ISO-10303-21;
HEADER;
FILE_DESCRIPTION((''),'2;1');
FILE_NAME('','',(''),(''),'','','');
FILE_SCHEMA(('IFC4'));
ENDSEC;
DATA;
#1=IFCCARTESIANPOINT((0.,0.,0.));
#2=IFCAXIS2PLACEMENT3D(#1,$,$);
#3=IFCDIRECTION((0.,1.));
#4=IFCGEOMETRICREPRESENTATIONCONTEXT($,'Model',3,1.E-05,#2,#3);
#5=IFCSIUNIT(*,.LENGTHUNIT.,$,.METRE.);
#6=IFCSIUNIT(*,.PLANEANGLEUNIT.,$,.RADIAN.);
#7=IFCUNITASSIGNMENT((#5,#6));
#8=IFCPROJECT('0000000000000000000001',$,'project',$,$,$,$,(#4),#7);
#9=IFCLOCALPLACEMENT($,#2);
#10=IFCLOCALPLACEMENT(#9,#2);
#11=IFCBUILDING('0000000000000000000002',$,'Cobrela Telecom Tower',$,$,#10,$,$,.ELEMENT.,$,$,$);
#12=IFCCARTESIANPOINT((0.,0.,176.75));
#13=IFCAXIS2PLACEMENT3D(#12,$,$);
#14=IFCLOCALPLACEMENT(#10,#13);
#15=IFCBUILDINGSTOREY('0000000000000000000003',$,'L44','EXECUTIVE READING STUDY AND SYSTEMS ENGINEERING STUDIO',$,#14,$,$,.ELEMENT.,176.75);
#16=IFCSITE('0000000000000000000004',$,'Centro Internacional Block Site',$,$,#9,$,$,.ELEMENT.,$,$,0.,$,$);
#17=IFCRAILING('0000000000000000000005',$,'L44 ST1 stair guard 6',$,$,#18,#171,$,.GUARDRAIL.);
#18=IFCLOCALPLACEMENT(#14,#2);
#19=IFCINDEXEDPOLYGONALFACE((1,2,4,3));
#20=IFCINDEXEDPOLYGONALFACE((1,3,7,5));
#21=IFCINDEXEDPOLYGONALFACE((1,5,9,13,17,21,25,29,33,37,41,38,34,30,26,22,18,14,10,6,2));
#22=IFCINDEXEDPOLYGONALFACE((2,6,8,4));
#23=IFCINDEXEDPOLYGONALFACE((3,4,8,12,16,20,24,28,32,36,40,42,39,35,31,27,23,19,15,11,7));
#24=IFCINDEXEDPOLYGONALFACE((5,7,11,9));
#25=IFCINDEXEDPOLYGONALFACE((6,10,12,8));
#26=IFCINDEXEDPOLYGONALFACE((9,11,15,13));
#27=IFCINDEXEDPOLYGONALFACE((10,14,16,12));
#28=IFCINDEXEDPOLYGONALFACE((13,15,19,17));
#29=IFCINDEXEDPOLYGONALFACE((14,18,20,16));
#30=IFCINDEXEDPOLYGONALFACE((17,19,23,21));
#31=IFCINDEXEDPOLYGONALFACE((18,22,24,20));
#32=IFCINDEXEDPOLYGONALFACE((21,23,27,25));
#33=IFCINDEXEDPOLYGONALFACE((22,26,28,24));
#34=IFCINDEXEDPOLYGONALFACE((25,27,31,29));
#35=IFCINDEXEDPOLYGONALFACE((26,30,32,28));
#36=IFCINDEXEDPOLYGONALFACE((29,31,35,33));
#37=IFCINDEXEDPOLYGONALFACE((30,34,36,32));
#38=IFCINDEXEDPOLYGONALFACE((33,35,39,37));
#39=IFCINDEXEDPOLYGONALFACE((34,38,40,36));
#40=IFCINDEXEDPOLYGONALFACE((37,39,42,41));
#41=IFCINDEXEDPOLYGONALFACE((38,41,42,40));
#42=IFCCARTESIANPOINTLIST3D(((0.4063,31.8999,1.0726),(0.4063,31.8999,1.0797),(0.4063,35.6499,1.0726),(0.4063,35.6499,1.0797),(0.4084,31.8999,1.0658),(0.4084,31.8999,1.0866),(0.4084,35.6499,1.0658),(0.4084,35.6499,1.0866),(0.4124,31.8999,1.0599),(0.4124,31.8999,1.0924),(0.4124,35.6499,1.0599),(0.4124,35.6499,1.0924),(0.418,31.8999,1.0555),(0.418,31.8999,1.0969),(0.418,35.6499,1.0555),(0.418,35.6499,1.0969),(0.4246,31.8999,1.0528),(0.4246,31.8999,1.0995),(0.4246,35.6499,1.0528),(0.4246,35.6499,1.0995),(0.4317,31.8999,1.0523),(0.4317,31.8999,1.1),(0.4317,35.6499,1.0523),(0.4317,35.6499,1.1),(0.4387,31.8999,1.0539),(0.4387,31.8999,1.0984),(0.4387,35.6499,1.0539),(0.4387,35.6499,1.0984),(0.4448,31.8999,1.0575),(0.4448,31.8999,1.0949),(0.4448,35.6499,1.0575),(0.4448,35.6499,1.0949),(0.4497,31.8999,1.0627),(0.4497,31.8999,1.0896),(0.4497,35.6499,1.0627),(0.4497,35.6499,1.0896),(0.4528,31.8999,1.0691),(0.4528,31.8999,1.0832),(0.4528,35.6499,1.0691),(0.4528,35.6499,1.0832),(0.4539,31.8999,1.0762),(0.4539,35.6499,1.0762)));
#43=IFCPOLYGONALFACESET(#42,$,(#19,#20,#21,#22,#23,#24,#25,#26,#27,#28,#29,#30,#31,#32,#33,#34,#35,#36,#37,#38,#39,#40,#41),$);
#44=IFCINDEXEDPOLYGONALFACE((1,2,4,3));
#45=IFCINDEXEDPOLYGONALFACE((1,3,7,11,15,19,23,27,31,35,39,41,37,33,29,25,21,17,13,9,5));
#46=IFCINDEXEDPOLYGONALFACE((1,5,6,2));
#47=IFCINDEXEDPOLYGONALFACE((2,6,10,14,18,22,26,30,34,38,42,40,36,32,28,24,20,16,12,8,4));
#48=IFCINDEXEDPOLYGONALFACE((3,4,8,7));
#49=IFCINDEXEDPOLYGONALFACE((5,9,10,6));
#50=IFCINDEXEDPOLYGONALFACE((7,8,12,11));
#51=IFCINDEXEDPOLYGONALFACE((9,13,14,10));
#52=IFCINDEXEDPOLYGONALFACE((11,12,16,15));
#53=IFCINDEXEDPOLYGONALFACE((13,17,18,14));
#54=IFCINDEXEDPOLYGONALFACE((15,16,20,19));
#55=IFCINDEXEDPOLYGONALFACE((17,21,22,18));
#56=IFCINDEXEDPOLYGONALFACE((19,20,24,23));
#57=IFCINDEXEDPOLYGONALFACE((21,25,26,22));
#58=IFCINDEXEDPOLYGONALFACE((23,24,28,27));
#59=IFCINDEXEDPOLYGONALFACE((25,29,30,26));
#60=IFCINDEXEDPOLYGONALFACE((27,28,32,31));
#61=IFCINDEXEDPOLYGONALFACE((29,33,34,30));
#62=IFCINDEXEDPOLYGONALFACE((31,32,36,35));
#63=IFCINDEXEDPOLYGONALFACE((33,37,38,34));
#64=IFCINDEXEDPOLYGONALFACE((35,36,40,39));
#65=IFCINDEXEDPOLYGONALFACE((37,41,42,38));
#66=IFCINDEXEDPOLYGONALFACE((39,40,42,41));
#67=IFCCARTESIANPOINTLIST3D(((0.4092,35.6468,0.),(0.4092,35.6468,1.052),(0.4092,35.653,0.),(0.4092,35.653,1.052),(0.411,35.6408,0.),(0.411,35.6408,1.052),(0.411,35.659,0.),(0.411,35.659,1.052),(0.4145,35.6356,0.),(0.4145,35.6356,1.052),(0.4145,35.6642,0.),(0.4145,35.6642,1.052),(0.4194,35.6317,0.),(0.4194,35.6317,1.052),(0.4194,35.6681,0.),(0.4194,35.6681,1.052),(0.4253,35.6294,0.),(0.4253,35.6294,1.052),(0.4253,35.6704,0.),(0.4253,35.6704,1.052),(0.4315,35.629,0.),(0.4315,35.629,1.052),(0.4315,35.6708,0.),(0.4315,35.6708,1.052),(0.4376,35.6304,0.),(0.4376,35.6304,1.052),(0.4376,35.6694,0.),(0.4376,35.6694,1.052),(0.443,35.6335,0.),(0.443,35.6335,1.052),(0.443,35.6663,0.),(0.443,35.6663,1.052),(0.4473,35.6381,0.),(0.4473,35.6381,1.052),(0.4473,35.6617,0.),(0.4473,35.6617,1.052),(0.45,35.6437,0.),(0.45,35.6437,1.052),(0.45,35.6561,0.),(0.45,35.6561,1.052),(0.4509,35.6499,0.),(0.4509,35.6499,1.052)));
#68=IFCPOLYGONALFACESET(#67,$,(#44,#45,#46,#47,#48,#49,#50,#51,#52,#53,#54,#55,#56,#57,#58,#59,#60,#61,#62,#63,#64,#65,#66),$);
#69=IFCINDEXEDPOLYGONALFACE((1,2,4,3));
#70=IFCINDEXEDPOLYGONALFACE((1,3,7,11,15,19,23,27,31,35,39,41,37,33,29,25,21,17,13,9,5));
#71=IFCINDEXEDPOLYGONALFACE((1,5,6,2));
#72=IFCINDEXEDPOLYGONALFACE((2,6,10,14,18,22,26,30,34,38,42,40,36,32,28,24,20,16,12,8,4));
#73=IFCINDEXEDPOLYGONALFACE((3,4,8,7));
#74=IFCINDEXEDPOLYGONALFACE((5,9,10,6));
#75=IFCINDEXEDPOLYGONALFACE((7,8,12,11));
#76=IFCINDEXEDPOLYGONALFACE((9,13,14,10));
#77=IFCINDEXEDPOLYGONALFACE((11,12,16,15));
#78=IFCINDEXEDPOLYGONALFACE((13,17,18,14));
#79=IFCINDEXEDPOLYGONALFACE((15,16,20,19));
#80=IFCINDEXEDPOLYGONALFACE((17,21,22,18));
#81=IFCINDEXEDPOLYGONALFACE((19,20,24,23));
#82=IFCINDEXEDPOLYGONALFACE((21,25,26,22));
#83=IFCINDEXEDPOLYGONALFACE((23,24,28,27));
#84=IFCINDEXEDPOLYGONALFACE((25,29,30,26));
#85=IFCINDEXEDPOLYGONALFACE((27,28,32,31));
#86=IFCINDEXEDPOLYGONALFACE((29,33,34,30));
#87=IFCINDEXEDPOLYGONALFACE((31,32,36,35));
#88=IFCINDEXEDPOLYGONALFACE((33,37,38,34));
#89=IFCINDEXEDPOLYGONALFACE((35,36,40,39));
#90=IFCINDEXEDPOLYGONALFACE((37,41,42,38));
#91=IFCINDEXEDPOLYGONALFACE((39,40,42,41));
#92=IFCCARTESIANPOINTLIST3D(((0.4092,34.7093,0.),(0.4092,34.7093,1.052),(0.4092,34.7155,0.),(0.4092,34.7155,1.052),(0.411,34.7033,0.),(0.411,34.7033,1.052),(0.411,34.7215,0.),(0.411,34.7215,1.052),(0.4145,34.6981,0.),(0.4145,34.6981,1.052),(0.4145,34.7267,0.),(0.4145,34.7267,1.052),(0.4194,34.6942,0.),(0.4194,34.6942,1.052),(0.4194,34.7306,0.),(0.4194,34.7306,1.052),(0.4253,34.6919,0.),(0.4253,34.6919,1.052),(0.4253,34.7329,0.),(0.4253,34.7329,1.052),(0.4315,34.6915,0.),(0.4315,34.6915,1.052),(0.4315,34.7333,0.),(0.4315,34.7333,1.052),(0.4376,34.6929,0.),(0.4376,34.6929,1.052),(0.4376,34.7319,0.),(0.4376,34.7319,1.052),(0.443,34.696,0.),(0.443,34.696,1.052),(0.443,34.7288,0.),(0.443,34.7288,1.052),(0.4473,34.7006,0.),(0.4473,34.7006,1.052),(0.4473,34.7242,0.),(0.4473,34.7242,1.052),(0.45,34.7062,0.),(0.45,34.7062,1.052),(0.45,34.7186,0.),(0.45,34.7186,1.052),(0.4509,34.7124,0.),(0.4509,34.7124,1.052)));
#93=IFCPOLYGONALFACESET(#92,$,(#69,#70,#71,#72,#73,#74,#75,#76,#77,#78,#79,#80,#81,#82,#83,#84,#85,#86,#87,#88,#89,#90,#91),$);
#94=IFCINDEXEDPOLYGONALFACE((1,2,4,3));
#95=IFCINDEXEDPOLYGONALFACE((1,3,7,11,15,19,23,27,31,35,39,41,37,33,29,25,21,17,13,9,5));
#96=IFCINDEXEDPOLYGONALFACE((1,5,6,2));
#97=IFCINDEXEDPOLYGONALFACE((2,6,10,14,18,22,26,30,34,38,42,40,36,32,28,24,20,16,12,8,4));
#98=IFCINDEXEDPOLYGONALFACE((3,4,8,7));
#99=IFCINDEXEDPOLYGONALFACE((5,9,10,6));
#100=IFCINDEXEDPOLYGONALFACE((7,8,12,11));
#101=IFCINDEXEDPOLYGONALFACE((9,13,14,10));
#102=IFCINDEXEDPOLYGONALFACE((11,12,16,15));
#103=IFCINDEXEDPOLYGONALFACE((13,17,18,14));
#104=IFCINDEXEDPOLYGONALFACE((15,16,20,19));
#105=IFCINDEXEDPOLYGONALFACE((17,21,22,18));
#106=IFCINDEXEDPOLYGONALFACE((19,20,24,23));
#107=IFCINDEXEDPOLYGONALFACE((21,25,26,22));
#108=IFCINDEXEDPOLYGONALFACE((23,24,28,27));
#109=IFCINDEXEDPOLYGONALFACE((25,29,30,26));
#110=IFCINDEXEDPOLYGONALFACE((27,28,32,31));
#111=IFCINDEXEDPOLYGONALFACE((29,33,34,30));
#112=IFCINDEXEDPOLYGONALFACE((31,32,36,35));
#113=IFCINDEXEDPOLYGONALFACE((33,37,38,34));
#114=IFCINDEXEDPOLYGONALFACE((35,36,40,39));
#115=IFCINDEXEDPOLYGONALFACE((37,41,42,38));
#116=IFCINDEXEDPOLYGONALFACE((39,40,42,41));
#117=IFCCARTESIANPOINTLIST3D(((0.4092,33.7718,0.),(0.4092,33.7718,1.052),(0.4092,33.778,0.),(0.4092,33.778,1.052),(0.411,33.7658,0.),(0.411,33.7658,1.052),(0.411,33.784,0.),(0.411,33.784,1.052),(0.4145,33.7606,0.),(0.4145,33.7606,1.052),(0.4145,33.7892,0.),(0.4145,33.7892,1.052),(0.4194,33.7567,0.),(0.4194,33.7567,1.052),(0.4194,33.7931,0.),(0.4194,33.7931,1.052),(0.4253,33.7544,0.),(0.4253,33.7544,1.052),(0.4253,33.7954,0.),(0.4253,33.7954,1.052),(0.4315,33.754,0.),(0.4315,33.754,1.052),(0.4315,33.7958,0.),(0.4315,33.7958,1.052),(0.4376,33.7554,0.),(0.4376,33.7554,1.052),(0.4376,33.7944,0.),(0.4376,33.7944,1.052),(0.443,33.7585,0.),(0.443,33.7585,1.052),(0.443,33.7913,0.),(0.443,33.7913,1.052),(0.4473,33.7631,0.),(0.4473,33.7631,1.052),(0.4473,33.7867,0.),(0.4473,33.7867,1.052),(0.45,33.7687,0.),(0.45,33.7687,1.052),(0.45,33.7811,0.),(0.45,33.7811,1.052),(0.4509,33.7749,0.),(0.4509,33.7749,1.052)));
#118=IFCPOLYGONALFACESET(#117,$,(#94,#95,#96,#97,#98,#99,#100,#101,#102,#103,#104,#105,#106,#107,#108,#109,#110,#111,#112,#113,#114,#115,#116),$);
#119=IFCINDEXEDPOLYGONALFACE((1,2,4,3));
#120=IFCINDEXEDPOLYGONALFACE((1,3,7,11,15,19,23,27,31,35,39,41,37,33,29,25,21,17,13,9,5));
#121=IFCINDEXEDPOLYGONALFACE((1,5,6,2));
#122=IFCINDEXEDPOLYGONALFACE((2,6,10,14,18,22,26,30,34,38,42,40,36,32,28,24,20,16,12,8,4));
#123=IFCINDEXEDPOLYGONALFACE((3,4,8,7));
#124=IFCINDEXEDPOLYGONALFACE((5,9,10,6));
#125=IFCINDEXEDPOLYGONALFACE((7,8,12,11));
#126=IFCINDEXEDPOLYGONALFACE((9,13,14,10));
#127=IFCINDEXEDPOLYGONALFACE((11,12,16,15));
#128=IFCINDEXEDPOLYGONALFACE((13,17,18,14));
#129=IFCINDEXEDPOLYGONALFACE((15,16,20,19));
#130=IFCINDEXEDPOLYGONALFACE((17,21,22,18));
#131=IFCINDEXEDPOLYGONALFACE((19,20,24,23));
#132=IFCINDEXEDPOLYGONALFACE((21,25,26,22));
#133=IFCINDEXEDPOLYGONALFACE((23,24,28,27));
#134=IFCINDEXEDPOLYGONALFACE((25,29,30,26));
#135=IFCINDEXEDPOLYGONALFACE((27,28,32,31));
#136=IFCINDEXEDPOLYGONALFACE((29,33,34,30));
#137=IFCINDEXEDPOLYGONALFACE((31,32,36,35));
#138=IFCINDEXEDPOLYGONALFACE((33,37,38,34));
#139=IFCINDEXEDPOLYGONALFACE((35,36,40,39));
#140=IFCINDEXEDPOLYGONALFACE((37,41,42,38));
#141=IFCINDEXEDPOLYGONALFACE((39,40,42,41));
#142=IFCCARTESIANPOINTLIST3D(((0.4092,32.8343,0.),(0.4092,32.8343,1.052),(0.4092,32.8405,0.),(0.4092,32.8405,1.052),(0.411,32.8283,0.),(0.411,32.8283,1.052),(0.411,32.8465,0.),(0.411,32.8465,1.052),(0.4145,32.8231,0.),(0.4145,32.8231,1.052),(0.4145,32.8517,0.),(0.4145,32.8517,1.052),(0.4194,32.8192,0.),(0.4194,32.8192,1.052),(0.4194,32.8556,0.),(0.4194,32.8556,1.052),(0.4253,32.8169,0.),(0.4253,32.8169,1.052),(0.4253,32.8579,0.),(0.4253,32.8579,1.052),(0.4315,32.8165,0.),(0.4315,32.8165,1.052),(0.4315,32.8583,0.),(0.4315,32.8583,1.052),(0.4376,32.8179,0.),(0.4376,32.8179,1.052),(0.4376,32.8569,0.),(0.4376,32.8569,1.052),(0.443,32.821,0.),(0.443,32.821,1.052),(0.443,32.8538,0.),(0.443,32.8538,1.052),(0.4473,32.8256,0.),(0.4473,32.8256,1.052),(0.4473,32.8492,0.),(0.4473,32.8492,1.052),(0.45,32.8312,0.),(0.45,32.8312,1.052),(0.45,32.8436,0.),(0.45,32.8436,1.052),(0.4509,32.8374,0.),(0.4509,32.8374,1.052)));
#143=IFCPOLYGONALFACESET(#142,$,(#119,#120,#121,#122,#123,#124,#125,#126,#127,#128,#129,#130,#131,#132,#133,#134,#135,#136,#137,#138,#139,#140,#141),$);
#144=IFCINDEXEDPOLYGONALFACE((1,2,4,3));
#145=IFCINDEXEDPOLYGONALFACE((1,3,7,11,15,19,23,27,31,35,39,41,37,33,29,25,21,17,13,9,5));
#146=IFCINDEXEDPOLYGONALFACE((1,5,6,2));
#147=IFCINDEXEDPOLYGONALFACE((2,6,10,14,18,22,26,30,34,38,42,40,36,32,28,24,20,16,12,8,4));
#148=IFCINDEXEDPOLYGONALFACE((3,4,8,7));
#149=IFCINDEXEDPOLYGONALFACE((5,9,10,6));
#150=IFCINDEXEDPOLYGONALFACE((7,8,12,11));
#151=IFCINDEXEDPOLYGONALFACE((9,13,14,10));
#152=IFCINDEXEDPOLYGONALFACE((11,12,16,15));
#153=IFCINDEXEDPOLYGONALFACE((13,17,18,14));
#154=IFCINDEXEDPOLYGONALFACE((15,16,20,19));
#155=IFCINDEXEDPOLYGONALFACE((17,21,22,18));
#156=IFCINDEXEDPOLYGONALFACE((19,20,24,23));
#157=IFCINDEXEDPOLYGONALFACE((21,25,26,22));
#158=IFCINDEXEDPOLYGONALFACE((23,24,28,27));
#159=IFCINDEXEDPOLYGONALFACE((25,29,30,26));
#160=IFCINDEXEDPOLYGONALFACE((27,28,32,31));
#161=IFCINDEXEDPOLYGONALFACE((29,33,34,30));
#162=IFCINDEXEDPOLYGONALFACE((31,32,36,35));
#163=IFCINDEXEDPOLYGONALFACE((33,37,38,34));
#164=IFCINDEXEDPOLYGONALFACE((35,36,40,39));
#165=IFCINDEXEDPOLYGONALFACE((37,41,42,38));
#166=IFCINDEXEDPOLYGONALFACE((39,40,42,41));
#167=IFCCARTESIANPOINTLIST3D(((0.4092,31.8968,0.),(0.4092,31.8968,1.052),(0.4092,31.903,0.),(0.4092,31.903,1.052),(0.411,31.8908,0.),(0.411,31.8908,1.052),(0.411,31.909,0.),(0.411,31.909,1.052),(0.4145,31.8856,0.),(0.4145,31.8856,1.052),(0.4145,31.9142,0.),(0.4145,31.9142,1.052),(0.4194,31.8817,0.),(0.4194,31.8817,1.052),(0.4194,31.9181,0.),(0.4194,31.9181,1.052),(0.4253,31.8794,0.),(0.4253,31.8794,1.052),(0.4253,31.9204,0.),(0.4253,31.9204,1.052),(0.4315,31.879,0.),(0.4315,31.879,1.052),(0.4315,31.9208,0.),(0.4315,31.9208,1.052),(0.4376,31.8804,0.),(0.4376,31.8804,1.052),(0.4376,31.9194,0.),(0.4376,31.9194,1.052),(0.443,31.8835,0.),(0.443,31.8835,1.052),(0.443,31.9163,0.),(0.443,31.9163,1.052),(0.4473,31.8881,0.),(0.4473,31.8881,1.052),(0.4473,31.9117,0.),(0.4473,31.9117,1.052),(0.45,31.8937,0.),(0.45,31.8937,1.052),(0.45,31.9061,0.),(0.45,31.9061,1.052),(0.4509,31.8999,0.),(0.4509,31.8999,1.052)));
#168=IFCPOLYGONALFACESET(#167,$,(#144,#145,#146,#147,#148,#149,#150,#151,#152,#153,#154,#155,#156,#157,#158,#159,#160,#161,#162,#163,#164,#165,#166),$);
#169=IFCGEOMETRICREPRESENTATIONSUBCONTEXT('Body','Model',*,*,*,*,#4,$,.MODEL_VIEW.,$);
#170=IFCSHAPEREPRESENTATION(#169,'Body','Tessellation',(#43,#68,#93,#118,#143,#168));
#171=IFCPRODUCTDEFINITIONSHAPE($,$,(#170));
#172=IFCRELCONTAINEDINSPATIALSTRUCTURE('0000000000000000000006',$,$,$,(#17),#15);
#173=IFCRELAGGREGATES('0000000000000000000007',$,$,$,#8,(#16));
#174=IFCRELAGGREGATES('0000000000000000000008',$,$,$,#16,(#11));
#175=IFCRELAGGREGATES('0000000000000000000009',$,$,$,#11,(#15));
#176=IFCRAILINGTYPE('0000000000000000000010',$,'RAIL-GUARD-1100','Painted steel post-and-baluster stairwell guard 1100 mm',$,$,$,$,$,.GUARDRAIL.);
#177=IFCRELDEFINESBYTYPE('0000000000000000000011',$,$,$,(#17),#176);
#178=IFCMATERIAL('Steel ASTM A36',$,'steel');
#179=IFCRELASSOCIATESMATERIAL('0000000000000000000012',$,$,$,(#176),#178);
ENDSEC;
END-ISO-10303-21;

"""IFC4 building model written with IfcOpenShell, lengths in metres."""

from ifc_helpers import new_model, si_unit, direction, frame, origin, origin_2d, place, context, subcontext, project, spatial, circle, extrude, material, type_object, element, save


model = new_model("IFC4")

# Units and contexts
model_context = context("Model", 3, precision=1e-05, world=origin(), true_north=direction((0.0, 1.0)))
body_context = subcontext(model_context, "Body", "Model", "MODEL_VIEW")
ifc_project = project(units=[si_unit("LENGTHUNIT", "METRE"), si_unit("PLANEANGLEUNIT", "RADIAN")], contexts=[model_context])

# Site, building, storey
site_placement = place(None, origin())
site = spatial("IfcSite", under=ifc_project, at=site_placement, Name="Centro Internacional Block Site", CompositionType="ELEMENT", RefElevation=0.0)
building_placement = place(site_placement, origin())
building = spatial("IfcBuilding", under=site, at=building_placement, Name="Cobrela Telecom Tower", CompositionType="ELEMENT")
storey_placement = place(building_placement, frame((0.0, 0.0, 176.75)))
storey = spatial("IfcBuildingStorey", under=building, at=storey_placement, Name="L44", Description="EXECUTIVE READING STUDY AND SYSTEMS ENGINEERING STUDIO", CompositionType="ELEMENT", Elevation=176.75)

# Shared definitions
ifc_material_1 = material(Name="Steel ASTM A36", Category="steel")

# Railing
railing_type_1 = type_object("IfcRailingType", Name="RAIL-GUARD-1100", Description="Painted steel post-and-baluster stairwell guard 1100 mm", PredefinedType="GUARDRAIL", material=ifc_material_1)
railing_1_placement = place(storey_placement, frame((0.4299, 35.6499, 0.0)))
element("IfcRailing", 1, at=railing_1_placement, inside=storey, type_object=railing_type_1, Name="L44 ST1 stair guard 6", PredefinedType="GUARDRAIL", context=body_context, shape_type="SweptSolid", body=[
    extrude(circle(Radius=0.0239, at=origin_2d()), frame((0.0, 0.0, 1.0762), z_axis=(0.0, -1.0, 0.0), x_axis=(1.0, 0.0, 0.0)), (0.0, 0.0, 1.0), 3.75),
    extrude(circle(Radius=0.021, at=origin_2d()), origin(), (0.0, 0.0, 1.0), 1.052),
    extrude(circle(Radius=0.021, at=origin_2d()), frame((0.0, -0.9375, 0.0)), (0.0, 0.0, 1.0), 1.052),
    extrude(circle(Radius=0.021, at=origin_2d()), frame((0.0, -1.875, 0.0)), (0.0, 0.0, 1.0), 1.052),
    extrude(circle(Radius=0.021, at=origin_2d()), frame((0.0, -2.8125, 0.0)), (0.0, 0.0, 1.0), 1.052),
    extrude(circle(Radius=0.021, at=origin_2d()), frame((0.0, -3.75, 0.0)), (0.0, 0.0, 1.0), 1.052),
])

save(model, "model.ifc")
